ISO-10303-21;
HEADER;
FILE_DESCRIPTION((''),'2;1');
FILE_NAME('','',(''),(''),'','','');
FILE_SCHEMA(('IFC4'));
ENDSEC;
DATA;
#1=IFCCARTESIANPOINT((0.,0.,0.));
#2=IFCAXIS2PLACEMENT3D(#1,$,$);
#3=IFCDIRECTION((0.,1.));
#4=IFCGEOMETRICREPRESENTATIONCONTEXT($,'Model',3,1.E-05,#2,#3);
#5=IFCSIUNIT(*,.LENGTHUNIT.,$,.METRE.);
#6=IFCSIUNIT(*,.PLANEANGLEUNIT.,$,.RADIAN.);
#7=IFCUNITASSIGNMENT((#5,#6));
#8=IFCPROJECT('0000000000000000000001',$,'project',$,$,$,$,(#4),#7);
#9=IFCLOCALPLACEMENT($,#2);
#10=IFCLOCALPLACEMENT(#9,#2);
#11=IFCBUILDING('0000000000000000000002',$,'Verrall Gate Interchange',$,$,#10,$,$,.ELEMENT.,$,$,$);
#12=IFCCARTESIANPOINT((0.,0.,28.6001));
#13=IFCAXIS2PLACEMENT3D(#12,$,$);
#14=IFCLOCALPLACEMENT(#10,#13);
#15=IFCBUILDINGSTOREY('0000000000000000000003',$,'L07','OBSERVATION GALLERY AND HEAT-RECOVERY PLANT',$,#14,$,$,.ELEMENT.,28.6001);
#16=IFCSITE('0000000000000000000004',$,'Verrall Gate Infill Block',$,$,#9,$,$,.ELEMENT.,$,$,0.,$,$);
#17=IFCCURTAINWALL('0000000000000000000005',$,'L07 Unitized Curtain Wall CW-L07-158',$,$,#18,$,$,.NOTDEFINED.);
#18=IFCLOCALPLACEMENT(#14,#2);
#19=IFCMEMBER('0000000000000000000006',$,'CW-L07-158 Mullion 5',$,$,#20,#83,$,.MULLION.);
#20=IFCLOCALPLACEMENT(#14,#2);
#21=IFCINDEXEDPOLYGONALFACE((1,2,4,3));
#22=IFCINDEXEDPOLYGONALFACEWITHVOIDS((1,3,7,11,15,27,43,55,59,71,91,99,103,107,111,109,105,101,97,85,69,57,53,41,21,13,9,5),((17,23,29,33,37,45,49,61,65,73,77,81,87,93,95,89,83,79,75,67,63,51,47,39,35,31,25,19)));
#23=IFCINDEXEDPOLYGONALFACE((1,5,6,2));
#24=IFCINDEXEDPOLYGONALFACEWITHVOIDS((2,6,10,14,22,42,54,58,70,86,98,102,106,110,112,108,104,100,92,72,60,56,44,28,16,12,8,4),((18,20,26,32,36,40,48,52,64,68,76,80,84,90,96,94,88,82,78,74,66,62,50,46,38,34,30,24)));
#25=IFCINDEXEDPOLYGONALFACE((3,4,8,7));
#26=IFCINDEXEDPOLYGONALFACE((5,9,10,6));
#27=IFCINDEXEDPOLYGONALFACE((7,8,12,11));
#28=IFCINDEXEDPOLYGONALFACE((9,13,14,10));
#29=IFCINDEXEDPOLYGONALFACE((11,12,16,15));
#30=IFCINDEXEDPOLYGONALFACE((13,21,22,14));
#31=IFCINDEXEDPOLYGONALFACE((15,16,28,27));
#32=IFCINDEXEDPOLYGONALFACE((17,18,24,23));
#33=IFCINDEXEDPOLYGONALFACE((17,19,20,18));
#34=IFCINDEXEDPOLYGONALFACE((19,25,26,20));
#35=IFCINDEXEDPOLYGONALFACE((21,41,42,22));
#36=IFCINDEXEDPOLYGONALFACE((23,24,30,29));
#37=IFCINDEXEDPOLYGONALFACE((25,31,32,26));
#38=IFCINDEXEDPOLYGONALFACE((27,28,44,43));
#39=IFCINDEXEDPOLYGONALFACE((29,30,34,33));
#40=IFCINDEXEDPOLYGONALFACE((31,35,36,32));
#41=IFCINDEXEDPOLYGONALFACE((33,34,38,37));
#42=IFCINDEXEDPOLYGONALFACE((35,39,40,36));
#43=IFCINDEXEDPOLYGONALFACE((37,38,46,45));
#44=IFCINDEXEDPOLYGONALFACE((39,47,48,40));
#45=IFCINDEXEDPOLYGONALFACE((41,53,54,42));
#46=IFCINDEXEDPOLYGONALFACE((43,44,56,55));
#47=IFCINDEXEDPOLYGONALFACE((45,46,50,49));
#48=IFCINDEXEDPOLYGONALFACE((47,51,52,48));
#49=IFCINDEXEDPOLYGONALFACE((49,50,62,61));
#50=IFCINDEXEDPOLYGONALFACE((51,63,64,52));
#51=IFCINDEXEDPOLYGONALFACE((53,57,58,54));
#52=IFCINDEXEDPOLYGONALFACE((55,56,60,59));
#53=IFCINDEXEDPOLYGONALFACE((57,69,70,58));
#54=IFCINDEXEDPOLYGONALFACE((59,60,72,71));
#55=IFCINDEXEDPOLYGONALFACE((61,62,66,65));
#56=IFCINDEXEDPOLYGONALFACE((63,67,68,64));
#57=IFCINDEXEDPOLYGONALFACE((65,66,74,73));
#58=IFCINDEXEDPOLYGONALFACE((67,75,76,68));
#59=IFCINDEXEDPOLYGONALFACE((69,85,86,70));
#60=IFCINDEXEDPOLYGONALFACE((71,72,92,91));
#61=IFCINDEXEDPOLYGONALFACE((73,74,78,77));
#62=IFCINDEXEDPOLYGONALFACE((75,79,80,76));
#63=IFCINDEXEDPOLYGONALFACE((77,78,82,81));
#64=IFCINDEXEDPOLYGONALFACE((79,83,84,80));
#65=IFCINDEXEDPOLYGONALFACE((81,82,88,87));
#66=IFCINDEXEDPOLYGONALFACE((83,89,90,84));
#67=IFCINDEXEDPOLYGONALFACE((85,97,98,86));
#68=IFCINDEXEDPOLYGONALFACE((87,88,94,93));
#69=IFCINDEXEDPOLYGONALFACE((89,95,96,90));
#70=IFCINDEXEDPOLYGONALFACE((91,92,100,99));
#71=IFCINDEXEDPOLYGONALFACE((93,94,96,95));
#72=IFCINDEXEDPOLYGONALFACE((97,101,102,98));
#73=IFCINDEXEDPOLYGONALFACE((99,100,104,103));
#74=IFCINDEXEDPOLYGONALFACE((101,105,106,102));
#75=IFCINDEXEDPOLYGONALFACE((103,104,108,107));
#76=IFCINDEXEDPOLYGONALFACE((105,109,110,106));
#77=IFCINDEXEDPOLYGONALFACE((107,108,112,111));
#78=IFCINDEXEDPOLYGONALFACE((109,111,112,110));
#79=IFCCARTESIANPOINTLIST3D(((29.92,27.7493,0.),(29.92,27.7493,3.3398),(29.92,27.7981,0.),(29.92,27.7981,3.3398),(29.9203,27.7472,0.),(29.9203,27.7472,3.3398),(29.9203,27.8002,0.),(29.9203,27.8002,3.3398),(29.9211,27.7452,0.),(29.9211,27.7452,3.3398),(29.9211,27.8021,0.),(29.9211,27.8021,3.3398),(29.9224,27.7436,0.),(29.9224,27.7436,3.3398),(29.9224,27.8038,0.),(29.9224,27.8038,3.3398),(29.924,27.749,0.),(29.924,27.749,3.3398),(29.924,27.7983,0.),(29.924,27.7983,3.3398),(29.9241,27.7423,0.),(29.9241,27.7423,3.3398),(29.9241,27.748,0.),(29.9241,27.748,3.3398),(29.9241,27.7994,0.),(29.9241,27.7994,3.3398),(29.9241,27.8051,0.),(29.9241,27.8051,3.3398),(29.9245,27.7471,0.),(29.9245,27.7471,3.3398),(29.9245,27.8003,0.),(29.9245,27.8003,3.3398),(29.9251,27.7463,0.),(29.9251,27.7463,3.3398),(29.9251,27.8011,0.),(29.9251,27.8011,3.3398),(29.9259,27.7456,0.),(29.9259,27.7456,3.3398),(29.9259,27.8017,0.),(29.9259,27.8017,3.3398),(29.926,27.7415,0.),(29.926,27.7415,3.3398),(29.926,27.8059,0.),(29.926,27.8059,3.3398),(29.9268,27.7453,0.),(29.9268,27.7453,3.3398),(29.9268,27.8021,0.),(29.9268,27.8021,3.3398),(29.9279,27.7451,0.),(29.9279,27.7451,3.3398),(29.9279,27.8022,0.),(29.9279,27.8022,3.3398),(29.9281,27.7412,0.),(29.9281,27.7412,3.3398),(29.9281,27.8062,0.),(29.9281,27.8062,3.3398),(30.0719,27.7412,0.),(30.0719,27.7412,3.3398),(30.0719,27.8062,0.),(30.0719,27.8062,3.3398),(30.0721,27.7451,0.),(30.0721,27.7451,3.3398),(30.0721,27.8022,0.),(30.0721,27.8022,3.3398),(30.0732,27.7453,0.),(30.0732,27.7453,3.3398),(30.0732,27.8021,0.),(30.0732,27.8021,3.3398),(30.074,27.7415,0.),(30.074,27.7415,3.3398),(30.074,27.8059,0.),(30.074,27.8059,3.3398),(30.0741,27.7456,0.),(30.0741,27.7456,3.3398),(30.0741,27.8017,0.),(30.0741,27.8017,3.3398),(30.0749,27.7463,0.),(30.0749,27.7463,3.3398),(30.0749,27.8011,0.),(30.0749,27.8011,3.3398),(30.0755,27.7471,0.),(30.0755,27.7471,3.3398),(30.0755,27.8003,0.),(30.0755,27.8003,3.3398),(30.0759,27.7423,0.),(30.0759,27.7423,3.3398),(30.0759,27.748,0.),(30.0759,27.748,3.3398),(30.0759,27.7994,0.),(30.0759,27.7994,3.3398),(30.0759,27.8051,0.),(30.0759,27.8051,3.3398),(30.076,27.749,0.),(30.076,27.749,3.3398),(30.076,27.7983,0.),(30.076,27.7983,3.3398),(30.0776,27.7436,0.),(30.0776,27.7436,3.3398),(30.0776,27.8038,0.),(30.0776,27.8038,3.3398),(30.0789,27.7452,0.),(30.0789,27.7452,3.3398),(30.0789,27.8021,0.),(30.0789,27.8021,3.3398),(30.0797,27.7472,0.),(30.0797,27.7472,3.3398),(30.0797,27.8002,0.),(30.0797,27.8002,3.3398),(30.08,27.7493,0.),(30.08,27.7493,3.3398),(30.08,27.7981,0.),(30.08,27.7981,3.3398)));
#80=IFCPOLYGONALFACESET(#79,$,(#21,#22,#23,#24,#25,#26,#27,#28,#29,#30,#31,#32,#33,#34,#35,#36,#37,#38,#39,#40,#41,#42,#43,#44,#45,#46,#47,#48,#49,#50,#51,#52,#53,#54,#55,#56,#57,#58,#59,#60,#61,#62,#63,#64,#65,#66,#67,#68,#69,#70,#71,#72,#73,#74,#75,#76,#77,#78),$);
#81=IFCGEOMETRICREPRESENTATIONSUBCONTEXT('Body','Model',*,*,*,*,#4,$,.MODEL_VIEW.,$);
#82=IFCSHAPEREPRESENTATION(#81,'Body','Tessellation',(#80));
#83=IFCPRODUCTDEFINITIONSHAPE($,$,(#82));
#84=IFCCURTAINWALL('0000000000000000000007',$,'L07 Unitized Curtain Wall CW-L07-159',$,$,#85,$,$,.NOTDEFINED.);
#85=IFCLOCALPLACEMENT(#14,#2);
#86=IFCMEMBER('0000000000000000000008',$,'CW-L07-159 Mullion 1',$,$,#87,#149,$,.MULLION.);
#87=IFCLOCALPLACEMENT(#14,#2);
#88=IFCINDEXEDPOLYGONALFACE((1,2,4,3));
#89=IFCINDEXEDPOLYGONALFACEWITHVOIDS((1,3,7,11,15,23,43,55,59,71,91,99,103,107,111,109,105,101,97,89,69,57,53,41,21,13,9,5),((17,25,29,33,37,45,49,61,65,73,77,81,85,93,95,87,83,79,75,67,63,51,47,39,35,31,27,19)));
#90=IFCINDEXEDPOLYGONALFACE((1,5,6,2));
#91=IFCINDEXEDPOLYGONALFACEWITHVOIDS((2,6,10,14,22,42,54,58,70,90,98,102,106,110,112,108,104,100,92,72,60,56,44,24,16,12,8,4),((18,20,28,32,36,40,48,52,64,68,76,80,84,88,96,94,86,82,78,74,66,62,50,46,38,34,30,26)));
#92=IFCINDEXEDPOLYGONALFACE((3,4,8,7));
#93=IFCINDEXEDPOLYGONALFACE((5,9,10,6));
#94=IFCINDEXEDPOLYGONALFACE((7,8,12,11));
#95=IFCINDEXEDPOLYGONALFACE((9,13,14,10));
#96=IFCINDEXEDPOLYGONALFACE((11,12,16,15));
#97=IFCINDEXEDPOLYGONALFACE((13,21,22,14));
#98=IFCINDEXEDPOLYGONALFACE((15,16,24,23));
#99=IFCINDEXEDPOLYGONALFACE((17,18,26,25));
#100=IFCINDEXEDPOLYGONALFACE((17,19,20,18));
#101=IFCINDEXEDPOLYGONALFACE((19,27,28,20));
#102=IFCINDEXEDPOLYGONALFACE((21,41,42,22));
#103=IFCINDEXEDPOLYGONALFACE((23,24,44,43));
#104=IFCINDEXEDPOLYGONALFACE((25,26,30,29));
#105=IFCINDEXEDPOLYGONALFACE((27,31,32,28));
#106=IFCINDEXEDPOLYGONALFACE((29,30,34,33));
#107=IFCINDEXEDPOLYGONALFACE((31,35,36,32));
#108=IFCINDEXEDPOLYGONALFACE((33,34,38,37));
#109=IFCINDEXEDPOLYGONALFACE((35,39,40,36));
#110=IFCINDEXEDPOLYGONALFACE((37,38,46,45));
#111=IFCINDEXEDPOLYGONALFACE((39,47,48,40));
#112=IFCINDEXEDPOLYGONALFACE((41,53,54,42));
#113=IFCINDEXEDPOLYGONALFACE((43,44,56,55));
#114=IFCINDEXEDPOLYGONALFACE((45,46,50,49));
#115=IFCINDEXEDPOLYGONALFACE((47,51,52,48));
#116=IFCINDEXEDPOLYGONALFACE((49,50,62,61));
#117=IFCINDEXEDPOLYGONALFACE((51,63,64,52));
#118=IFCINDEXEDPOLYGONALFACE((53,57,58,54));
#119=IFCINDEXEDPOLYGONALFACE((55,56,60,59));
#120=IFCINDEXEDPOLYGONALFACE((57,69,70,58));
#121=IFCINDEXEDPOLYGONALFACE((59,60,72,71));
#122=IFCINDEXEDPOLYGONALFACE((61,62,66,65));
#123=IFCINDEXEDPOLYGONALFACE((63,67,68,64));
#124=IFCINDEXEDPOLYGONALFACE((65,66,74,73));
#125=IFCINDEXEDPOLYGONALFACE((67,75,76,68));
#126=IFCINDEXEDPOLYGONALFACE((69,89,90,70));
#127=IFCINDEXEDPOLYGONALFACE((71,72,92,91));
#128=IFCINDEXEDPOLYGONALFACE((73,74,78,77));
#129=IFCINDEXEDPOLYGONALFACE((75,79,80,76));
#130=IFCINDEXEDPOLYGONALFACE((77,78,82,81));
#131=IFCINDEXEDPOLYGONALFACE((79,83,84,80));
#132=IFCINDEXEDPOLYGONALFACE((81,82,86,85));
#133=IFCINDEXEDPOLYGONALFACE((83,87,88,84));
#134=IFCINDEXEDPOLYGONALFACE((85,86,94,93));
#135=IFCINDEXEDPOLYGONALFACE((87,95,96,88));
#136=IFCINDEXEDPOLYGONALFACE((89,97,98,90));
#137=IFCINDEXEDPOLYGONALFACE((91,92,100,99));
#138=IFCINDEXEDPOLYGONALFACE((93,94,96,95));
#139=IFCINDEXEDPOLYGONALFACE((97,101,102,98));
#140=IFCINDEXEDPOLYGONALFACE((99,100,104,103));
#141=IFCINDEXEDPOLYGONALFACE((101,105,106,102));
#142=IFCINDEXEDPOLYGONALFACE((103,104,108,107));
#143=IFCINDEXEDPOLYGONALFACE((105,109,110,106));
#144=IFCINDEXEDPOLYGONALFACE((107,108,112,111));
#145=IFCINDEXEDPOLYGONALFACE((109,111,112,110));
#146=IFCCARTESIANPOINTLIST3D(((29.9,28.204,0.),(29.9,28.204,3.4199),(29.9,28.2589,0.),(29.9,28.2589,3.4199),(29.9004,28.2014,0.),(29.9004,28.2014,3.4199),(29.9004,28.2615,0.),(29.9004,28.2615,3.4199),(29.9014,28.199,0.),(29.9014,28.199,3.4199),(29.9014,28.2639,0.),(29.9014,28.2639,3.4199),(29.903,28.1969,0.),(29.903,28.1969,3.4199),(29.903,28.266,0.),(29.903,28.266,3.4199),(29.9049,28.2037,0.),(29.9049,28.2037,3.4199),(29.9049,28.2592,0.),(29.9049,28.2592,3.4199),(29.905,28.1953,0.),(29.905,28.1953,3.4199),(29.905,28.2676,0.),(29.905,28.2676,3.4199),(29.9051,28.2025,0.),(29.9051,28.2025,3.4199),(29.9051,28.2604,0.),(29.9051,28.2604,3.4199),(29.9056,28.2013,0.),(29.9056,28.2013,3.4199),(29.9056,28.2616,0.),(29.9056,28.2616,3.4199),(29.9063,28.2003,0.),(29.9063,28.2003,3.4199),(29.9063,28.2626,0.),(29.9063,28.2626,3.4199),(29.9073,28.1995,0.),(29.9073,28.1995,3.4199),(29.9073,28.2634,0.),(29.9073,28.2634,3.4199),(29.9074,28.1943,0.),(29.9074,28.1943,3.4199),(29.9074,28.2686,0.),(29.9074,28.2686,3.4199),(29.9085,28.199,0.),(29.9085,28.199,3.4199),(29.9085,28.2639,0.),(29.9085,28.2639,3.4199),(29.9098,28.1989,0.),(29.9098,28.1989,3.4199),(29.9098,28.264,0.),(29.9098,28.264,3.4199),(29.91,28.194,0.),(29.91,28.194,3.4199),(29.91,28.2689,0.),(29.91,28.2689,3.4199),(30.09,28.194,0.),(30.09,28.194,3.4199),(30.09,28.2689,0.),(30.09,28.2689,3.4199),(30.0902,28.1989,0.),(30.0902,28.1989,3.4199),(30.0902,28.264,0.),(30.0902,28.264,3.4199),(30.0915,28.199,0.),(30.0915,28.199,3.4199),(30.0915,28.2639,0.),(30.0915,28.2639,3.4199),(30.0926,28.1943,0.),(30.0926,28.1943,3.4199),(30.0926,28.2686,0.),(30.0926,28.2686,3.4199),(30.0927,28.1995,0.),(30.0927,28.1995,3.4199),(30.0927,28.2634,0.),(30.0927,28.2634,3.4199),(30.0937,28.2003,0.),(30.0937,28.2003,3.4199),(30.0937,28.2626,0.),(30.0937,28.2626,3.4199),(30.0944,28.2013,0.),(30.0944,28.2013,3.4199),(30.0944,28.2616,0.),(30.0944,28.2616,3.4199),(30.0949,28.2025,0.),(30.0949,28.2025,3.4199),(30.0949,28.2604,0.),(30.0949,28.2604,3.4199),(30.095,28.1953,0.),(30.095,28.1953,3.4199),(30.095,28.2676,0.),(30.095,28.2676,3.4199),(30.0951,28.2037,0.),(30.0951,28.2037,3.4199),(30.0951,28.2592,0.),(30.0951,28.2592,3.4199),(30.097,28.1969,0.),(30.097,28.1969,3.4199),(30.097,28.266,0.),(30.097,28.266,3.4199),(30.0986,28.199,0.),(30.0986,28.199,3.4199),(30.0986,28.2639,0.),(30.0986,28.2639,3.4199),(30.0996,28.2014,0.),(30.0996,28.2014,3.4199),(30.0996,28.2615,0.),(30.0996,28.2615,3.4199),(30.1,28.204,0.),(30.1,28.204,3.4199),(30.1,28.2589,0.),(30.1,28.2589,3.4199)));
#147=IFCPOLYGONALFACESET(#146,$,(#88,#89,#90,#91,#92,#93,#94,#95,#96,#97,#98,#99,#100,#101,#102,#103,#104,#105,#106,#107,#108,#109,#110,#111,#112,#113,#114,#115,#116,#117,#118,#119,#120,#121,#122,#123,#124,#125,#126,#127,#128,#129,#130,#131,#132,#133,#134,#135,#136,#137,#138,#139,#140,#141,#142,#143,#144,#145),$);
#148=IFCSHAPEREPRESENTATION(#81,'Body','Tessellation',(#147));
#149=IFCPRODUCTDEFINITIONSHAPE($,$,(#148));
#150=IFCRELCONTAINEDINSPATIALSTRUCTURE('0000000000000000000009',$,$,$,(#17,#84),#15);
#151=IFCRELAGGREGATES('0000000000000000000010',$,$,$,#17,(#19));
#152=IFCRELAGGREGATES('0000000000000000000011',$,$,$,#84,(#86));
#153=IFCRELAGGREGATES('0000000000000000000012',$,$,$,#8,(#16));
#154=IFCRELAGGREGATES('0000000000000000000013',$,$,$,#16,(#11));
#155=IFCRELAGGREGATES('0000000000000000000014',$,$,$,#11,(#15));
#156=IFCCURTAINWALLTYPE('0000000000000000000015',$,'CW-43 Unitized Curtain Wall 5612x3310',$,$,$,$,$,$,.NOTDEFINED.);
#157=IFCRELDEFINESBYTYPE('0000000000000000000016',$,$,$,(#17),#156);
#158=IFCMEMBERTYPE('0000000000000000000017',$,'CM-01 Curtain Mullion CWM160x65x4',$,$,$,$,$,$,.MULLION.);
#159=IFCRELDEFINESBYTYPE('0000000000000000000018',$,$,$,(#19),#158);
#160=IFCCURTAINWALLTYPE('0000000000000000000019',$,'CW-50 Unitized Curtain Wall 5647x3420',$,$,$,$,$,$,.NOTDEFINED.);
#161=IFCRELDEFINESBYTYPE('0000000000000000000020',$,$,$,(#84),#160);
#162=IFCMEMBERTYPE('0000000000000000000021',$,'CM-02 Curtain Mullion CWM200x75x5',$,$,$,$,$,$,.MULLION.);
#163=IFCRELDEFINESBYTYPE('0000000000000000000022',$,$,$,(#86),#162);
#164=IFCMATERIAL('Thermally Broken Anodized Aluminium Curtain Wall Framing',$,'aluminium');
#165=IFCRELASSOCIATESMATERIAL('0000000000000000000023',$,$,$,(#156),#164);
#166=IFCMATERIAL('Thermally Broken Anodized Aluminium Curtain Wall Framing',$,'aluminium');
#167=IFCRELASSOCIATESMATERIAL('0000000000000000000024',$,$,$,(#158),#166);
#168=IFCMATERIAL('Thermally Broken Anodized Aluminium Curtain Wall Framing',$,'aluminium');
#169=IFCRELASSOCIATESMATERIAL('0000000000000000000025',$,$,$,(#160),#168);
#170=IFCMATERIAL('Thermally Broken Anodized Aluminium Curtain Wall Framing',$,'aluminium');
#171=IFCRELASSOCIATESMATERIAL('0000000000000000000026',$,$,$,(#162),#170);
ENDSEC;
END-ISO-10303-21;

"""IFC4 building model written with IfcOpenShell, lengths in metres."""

from ifc_helpers import new_model, si_unit, direction, frame, origin, origin_2d, place, context, subcontext, project, spatial, hollow_rectangle, extrude, material, material_profile, profile_set, type_object, element, aggregate, save


model = new_model("IFC4")

# Units and contexts
model_context = context("Model", 3, precision=1e-05, world=origin(), true_north=direction((0.0, 1.0)))
body_context = subcontext(model_context, "Body", "Model", "MODEL_VIEW")
ifc_project = project(units=[si_unit("LENGTHUNIT", "METRE"), si_unit("PLANEANGLEUNIT", "RADIAN")], contexts=[model_context])

# Site, building, storey
site_placement = place(None, origin())
site = spatial("IfcSite", under=ifc_project, at=site_placement, Name="Verrall Gate Infill Block", CompositionType="ELEMENT", RefElevation=0.0)
building_placement = place(site_placement, origin())
building = spatial("IfcBuilding", under=site, at=building_placement, Name="Verrall Gate Interchange", CompositionType="ELEMENT")
storey_placement = place(building_placement, frame((0.0, 0.0, 28.6001)))
storey = spatial("IfcBuildingStorey", under=building, at=storey_placement, Name="L07", Description="OBSERVATION GALLERY AND HEAT-RECOVERY PLANT", CompositionType="ELEMENT", Elevation=28.6001)

# Curtain walls, members
ifc_material_1 = material(Name="Thermally Broken Anodized Aluminium Curtain Wall Framing", Category="aluminium")
curtain_wall_type_1 = type_object("IfcCurtainWallType", Name="CW-43 Unitized Curtain Wall 5612x3310", PredefinedType="NOTDEFINED", material=ifc_material_1)
curtain_wall_1_placement = place(storey_placement, origin())
curtain_wall_1 = element("IfcCurtainWall", 1, at=curtain_wall_1_placement, inside=storey, type_object=curtain_wall_type_1, Name="L07 Unitized Curtain Wall CW-L07-158", PredefinedType="NOTDEFINED")
ifc_material_2 = material(Name="Thermally Broken Anodized Aluminium Curtain Wall Framing", Category="aluminium")
ifc_material_profile_1 = material_profile(ifc_material_2, hollow_rectangle(XDim=0.0649, YDim=0.1599, WallThickness=0.0039, InnerFilletRadius=0.0039, OuterFilletRadius=0.0081, at=origin_2d()), Name="CWM160x65x4")
ifc_profile_set_1 = profile_set([ifc_material_profile_1], Name="Thermally Broken Anodized Aluminium Curtain Wall Framing")
member_type_1 = type_object("IfcMemberType", Name="CM-01 Curtain Mullion CWM160x65x4", PredefinedType="MULLION", material=ifc_profile_set_1)
member_1_placement = place(storey_placement, frame((30.0, 27.7737, 0.0), z_axis=(0.0, 0.0, 1.0), x_axis=(0.0, 1.0, 0.0)))
member_1 = element("IfcMember", 2, at=member_1_placement, type_object=member_type_1, Name="CW-L07-158 Mullion 5", PredefinedType="MULLION", context=body_context, shape_type="SweptSolid", body=[
    extrude(hollow_rectangle(XDim=0.0649, YDim=0.1599, WallThickness=0.0039, InnerFilletRadius=0.0039, OuterFilletRadius=0.0081, at=origin_2d()), origin(), (0.0, 0.0, 1.0), 3.3398),
])
ifc_material_3 = material(Name="Thermally Broken Anodized Aluminium Curtain Wall Framing", Category="aluminium")
curtain_wall_type_2 = type_object("IfcCurtainWallType", Name="CW-50 Unitized Curtain Wall 5647x3420", PredefinedType="NOTDEFINED", material=ifc_material_3)
curtain_wall_2_placement = place(storey_placement, origin())
curtain_wall_2 = element("IfcCurtainWall", 3, at=curtain_wall_2_placement, inside=storey, type_object=curtain_wall_type_2, Name="L07 Unitized Curtain Wall CW-L07-159", PredefinedType="NOTDEFINED")
ifc_material_4 = material(Name="Thermally Broken Anodized Aluminium Curtain Wall Framing", Category="aluminium")
ifc_material_profile_2 = material_profile(ifc_material_4, hollow_rectangle(XDim=0.075, YDim=0.2, WallThickness=0.0049, InnerFilletRadius=0.0049, OuterFilletRadius=0.01, at=origin_2d()), Name="CWM200x75x5")
ifc_profile_set_2 = profile_set([ifc_material_profile_2], Name="Thermally Broken Anodized Aluminium Curtain Wall Framing")
member_type_2 = type_object("IfcMemberType", Name="CM-02 Curtain Mullion CWM200x75x5", PredefinedType="MULLION", material=ifc_profile_set_2)
member_2_placement = place(storey_placement, frame((30.0, 28.2314, 0.0), z_axis=(0.0, 0.0, 1.0), x_axis=(0.0, 1.0, 0.0)))
member_2 = element("IfcMember", 4, at=member_2_placement, type_object=member_type_2, Name="CW-L07-159 Mullion 1", PredefinedType="MULLION", context=body_context, shape_type="SweptSolid", body=[
    extrude(hollow_rectangle(XDim=0.075, YDim=0.2, WallThickness=0.0049, InnerFilletRadius=0.0049, OuterFilletRadius=0.01, at=origin_2d()), origin(), (0.0, 0.0, 1.0), 3.4199),
])

aggregate(curtain_wall_1, [member_1])
aggregate(curtain_wall_2, [member_2])

save(model, "model.ifc")
